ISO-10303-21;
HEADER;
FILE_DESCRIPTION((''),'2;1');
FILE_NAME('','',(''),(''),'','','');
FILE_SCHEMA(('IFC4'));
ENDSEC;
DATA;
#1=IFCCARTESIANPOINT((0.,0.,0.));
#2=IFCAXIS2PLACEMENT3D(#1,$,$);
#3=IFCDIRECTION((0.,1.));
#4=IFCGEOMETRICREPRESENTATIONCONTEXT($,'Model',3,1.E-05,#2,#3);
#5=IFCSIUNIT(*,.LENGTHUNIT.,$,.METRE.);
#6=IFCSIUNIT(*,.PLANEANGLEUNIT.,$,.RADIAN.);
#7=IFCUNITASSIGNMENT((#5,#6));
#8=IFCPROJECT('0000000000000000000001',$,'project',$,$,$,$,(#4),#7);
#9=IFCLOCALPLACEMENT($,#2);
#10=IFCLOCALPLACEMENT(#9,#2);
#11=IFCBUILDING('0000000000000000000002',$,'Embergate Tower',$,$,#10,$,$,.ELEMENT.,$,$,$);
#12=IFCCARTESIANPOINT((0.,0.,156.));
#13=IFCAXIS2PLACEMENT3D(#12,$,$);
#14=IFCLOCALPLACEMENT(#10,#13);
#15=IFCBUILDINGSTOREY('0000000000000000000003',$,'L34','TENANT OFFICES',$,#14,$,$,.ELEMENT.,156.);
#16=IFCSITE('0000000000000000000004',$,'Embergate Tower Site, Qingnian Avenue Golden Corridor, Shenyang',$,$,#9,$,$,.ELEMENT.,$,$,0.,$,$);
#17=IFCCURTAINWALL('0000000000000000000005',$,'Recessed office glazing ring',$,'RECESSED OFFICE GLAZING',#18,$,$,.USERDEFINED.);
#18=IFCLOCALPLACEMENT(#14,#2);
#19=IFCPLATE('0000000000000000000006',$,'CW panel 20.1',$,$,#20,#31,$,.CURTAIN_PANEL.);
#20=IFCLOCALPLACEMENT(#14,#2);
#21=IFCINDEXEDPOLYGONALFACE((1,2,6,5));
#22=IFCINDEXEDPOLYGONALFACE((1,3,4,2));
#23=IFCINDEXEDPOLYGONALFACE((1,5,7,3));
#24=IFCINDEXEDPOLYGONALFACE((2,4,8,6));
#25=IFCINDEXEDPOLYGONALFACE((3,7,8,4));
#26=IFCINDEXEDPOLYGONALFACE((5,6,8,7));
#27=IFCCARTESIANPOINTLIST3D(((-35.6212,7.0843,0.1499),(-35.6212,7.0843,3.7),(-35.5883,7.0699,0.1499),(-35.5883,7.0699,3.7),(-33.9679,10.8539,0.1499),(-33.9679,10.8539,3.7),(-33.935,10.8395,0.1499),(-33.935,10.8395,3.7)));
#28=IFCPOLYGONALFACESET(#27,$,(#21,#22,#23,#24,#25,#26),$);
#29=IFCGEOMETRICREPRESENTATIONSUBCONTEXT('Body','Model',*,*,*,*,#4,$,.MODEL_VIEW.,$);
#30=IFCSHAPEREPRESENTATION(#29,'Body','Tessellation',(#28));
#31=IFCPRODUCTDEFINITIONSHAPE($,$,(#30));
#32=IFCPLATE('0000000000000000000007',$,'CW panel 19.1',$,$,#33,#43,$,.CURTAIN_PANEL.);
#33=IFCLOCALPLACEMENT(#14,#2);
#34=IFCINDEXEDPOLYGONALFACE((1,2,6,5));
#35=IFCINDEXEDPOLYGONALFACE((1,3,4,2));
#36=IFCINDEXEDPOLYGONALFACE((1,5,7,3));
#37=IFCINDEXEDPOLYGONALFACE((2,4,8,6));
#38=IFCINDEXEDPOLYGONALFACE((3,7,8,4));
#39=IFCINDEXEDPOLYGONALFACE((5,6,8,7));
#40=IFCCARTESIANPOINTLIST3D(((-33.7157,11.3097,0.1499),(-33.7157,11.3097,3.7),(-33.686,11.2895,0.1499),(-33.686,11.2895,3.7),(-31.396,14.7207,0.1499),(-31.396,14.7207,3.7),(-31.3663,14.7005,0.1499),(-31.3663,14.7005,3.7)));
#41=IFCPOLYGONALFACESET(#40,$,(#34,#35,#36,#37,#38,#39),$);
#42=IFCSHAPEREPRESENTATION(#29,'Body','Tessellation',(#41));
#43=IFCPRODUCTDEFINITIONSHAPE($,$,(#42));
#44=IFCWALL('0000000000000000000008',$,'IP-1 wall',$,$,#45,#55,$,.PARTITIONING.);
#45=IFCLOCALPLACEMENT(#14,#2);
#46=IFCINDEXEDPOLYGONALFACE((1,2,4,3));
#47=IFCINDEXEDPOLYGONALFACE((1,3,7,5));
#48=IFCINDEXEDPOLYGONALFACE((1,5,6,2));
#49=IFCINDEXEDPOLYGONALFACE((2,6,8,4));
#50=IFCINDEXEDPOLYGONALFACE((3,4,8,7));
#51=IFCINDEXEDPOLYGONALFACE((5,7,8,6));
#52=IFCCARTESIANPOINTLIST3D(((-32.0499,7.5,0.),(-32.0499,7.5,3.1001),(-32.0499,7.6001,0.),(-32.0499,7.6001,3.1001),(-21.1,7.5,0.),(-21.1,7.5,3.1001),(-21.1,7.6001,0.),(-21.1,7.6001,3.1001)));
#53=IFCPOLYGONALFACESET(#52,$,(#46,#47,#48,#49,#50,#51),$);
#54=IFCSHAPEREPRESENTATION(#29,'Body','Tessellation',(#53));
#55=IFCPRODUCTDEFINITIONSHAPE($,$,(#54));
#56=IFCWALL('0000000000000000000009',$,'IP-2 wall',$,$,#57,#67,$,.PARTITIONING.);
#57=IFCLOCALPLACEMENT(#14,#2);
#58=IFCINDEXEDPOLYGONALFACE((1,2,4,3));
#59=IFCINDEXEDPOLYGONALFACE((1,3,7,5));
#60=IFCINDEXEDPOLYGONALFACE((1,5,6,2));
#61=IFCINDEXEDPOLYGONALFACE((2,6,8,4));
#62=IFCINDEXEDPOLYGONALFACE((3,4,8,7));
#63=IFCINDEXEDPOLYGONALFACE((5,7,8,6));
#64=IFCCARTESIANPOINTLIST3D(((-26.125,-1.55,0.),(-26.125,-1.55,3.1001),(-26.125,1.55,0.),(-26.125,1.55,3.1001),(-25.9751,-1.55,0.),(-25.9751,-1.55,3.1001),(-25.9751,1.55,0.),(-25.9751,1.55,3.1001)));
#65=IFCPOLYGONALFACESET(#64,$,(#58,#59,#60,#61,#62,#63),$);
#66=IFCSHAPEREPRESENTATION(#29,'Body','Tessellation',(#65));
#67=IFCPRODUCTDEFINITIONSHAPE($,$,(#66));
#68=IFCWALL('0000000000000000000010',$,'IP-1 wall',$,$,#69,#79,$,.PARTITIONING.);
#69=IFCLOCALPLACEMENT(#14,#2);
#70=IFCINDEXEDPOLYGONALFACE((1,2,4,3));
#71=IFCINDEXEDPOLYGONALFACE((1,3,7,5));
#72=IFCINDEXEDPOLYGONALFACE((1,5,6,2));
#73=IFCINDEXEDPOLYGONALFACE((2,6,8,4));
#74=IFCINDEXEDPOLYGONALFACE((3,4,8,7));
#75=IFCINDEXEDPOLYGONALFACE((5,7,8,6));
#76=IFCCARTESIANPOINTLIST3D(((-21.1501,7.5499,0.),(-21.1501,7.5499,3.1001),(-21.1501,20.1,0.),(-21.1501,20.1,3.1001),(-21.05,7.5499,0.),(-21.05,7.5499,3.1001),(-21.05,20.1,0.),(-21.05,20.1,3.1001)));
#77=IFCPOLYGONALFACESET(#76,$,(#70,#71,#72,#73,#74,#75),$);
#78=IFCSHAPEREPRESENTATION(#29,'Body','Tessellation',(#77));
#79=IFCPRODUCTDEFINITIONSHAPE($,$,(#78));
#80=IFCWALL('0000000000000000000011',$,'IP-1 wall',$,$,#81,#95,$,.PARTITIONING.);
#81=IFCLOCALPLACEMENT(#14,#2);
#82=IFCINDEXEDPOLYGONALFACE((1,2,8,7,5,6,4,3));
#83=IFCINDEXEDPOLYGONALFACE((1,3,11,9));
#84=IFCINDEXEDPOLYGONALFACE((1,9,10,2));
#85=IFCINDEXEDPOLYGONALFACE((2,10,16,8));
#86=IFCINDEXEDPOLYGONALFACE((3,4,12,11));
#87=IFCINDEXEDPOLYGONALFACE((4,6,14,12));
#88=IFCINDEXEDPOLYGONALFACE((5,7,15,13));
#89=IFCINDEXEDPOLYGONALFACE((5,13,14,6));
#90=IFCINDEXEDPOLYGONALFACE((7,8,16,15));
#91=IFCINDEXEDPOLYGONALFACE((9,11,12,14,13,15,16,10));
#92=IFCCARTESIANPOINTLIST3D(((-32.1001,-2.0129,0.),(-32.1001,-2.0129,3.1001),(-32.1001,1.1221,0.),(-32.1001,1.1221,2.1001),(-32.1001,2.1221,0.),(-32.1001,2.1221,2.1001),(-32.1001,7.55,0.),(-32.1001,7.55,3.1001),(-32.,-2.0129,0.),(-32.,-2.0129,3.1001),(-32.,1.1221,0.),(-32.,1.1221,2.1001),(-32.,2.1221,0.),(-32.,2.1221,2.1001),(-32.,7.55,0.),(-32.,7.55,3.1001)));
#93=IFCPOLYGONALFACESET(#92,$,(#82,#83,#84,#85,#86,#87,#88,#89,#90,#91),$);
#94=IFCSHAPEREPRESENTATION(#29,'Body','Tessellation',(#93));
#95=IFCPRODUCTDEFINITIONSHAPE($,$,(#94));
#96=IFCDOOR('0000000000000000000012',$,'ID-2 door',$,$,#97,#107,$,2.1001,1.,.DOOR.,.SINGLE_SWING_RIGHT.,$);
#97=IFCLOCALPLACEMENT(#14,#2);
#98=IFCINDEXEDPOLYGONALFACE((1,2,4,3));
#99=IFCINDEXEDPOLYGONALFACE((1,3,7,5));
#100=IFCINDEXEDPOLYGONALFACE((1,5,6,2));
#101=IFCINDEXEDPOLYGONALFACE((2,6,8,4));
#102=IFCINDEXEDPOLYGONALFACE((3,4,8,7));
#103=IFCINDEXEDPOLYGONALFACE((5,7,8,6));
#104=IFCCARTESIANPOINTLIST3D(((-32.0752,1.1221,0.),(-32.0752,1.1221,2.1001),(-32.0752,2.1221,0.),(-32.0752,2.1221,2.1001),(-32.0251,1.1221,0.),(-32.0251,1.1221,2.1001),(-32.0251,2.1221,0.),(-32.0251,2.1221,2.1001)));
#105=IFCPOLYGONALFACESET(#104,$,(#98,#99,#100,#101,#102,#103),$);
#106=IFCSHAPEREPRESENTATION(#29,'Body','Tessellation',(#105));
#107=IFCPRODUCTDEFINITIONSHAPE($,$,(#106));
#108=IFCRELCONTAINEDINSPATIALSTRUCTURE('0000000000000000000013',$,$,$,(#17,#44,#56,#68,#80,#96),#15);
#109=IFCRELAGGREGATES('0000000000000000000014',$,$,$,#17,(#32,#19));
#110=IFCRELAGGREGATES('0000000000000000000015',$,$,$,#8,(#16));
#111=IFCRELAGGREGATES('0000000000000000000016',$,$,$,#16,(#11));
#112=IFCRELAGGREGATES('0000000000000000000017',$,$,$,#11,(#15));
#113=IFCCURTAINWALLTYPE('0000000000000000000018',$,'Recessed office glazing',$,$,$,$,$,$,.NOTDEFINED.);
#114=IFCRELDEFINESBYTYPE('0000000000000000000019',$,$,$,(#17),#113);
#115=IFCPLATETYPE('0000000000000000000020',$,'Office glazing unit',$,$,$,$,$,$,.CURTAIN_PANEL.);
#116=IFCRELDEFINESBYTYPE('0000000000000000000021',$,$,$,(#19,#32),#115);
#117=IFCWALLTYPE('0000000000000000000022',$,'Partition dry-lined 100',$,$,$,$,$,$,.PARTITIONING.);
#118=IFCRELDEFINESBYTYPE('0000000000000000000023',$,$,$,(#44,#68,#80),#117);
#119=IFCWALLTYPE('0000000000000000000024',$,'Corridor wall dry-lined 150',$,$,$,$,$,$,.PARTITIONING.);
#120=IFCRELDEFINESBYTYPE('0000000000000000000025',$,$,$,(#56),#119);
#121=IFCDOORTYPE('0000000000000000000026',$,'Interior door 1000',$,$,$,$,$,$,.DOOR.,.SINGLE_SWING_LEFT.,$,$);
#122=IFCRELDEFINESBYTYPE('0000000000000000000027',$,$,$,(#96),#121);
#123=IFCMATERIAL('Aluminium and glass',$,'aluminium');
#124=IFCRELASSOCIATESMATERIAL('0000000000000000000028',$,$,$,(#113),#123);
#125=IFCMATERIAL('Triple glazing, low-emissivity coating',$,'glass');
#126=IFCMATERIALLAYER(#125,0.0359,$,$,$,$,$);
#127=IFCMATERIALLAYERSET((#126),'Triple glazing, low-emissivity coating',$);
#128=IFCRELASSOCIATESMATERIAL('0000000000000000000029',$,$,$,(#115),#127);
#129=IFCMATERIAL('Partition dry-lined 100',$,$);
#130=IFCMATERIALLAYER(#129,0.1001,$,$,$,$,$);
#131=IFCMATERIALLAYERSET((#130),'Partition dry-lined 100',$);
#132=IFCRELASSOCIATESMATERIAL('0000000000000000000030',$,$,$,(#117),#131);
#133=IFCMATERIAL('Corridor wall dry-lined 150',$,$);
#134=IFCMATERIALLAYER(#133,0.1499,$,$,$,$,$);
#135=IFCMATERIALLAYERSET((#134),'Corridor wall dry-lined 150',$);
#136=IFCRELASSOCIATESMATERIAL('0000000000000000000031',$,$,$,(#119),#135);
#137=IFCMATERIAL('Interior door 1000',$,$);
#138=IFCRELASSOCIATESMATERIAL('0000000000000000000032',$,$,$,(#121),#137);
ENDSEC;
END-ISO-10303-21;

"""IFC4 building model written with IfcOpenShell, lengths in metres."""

from ifc_helpers import new_model, si_unit, direction, frame, frame_2d, origin, origin_2d, place, context, subcontext, project, spatial, rectangle, extrude, source, transform, mapped, material, layer, layer_set, type_object, element, fill, aggregate, save


model = new_model("IFC4")

# Units and contexts
model_context = context("Model", 3, precision=1e-05, world=origin(), true_north=direction((0.0, 1.0)))
body_context = subcontext(model_context, "Body", "Model", "MODEL_VIEW")
ifc_project = project(units=[si_unit("LENGTHUNIT", "METRE"), si_unit("PLANEANGLEUNIT", "RADIAN")], contexts=[model_context])

# Site, building, storey
site_placement = place(None, origin())
site = spatial("IfcSite", under=ifc_project, at=site_placement, Name="Embergate Tower Site, Qingnian Avenue Golden Corridor, Shenyang", CompositionType="ELEMENT", RefElevation=0.0)
building_placement = place(site_placement, origin())
building = spatial("IfcBuilding", under=site, at=building_placement, Name="Embergate Tower", CompositionType="ELEMENT")
storey_placement = place(building_placement, frame((0.0, 0.0, 156.0)))
storey = spatial("IfcBuildingStorey", under=building, at=storey_placement, Name="L34", Description="TENANT OFFICES", CompositionType="ELEMENT", Elevation=156.0)

# Curtain wall, plates
ifc_material_1 = material(Name="Aluminium and glass", Category="aluminium")
curtain_wall_type = type_object("IfcCurtainWallType", Name="Recessed office glazing", PredefinedType="NOTDEFINED", material=ifc_material_1)
curtain_wall_placement = place(storey_placement, origin())
curtain_wall = element("IfcCurtainWall", 1, at=curtain_wall_placement, inside=storey, type_object=curtain_wall_type, Name="Recessed office glazing ring", ObjectType="RECESSED OFFICE GLAZING", PredefinedType="USERDEFINED")
ifc_material_2 = material(Name="Triple glazing, low-emissivity coating", Category="glass")
ifc_layer_1 = layer(ifc_material_2, 0.0359)
ifc_layer_set_1 = layer_set([ifc_layer_1], Name="Triple glazing, low-emissivity coating")
plate_type = type_object("IfcPlateType", Name="Office glazing unit", PredefinedType="CURTAIN_PANEL", material=ifc_layer_set_1)
shared_shape_1 = source(origin(), body_context, "Body", "SweptSolid", [
    extrude(rectangle(XDim=4.1162, YDim=0.0359, at=origin_2d()), origin(), (0.0, 0.0, 1.0), 3.55),
])
plate_1_placement = place(storey_placement, frame((-34.7781, 8.9619, 0.1499), z_axis=(0.0, 0.0, 1.0), x_axis=(-0.401652, -0.915792, 0.0)))
plate_1 = element("IfcPlate", 2, at=plate_1_placement, type_object=plate_type, Name="CW panel 20.1", PredefinedType="CURTAIN_PANEL", context=body_context, shape_type="MappedRepresentation", body=[
    mapped(shared_shape_1, transform((0.0, 0.0, 0.0))),
])
shared_shape_2 = source(origin(), body_context, "Body", "SweptSolid", [
    extrude(rectangle(XDim=4.125, YDim=0.0359, at=origin_2d()), origin(), (0.0, 0.0, 1.0), 3.55),
])
plate_2_placement = place(storey_placement, frame((-32.541, 13.0051, 0.1499), z_axis=(0.0, 0.0, 1.0), x_axis=(-0.562342, -0.826905, 0.0)))
plate_2 = element("IfcPlate", 3, at=plate_2_placement, type_object=plate_type, Name="CW panel 19.1", PredefinedType="CURTAIN_PANEL", context=body_context, shape_type="MappedRepresentation", body=[
    mapped(shared_shape_2, transform((0.0, 0.0, 0.0))),
])
aggregate(curtain_wall, [plate_2, plate_1])

# Walls
ifc_material_3 = material(Name="Partition dry-lined 100")
ifc_layer_2 = layer(ifc_material_3, 0.1001)
ifc_layer_set_2 = layer_set([ifc_layer_2], Name="Partition dry-lined 100")
wall_type_1 = type_object("IfcWallType", Name="Partition dry-lined 100", PredefinedType="PARTITIONING", material=ifc_layer_set_2)
shared_shape_3 = source(origin(), body_context, "Body", "SweptSolid", [
    extrude(rectangle(XDim=10.95, YDim=0.1001, at=frame_2d((5.4751, 0.0))), origin(), (0.0, 0.0, 1.0), 3.1001),
])
wall_1_placement = place(storey_placement, frame((-32.05, 7.55, 0.0), z_axis=(0.0, 0.0, 1.0), x_axis=(1.0, 0.0, 0.0)))
element("IfcWall", 4, at=wall_1_placement, inside=storey, type_object=wall_type_1, Name="IP-1 wall", PredefinedType="PARTITIONING", context=body_context, shape_type="MappedRepresentation", body=[
    mapped(shared_shape_3, transform((0.0, 0.0, 0.0))),
])
ifc_material_4 = material(Name="Corridor wall dry-lined 150")
ifc_layer_3 = layer(ifc_material_4, 0.1499)
ifc_layer_set_3 = layer_set([ifc_layer_3], Name="Corridor wall dry-lined 150")
wall_type_2 = type_object("IfcWallType", Name="Corridor wall dry-lined 150", PredefinedType="PARTITIONING", material=ifc_layer_set_3)
shared_shape_4 = source(origin(), body_context, "Body", "SweptSolid", [
    extrude(rectangle(XDim=3.1001, YDim=0.1499, at=frame_2d((1.55, 0.0))), origin(), (0.0, 0.0, 1.0), 3.1001),
])
wall_2_placement = place(storey_placement, frame((-26.05, 1.55, 0.0), z_axis=(0.0, 0.0, 1.0), x_axis=(0.0, -1.0, 0.0)))
element("IfcWall", 5, at=wall_2_placement, inside=storey, type_object=wall_type_2, Name="IP-2 wall", PredefinedType="PARTITIONING", context=body_context, shape_type="MappedRepresentation", body=[
    mapped(shared_shape_4, transform((0.0, 0.0, 0.0))),
])
shared_shape_5 = source(origin(), body_context, "Body", "SweptSolid", [
    extrude(rectangle(XDim=12.55, YDim=0.1001, at=frame_2d((6.2749, 0.0))), origin(), (0.0, 0.0, 1.0), 3.1001),
])
wall_3_placement = place(storey_placement, frame((-21.1001, 7.55, 0.0), z_axis=(0.0, 0.0, 1.0), x_axis=(0.0, 1.0, 0.0)))
element("IfcWall", 6, at=wall_3_placement, inside=storey, type_object=wall_type_1, Name="IP-1 wall", PredefinedType="PARTITIONING", context=body_context, shape_type="MappedRepresentation", body=[
    mapped(shared_shape_5, transform((0.0, 0.0, 0.0))),
])

# Wall, opening, door
shared_shape_6 = source(origin(), body_context, "Body", "SweptSolid", [
    extrude(rectangle(XDim=9.563, YDim=0.1001, at=frame_2d((4.7815, 0.0))), origin(), (0.0, 0.0, 1.0), 3.1001),
])
wall_4_placement = place(storey_placement, frame((-32.05, 7.55, 0.0), z_axis=(0.0, 0.0, 1.0), x_axis=(0.0, -1.0, 0.0)))
wall_4 = element("IfcWall", 7, at=wall_4_placement, inside=storey, type_object=wall_type_1, Name="IP-1 wall", PredefinedType="PARTITIONING", context=body_context, shape_type="MappedRepresentation", body=[
    mapped(shared_shape_6, transform((0.0, 0.0, 0.0))),
])
shared_shape_7 = source(origin(), body_context, "Body", "SweptSolid", [
    extrude(rectangle(XDim=1.0, YDim=2.1001, at=frame_2d((0.5, 1.05))), frame((0.0, 0.0601, 0.0), z_axis=(0.0, -1.0, 0.0), x_axis=(1.0, 0.0, 0.0)), (0.0, 0.0, 1.0), 0.1201),
])
opening_placement = place(wall_4_placement, frame((5.428, 0.0, 0.0)))
opening = element("IfcOpeningElement", 8, at=opening_placement, cuts=wall_4, PredefinedType="OPENING", context=body_context, shape_type="MappedRepresentation", body=[
    mapped(shared_shape_7, transform((0.0, 0.0, 0.0))),
])
ifc_material_5 = material(Name="Interior door 1000")
door_type = type_object("IfcDoorType", Name="Interior door 1000", OperationType="SINGLE_SWING_LEFT", PredefinedType="DOOR", material=ifc_material_5)
shared_shape_8 = source(origin(), body_context, "Body", "SweptSolid", [
    extrude(rectangle(XDim=1.0, YDim=2.1001, at=frame_2d((0.5, 1.05))), frame((0.0, 0.0249, 0.0), z_axis=(0.0, -1.0, 0.0), x_axis=(1.0, 0.0, 0.0)), (0.0, 0.0, 1.0), 0.05),
])
door_placement = place(opening_placement, origin())
door = element("IfcDoor", 9, at=door_placement, inside=storey, type_object=door_type, Name="ID-2 door", OperationType="SINGLE_SWING_RIGHT", OverallHeight=2.1001, OverallWidth=1.0, PredefinedType="DOOR", context=body_context, shape_type="MappedRepresentation", body=[
    mapped(shared_shape_8, transform((0.0, 0.0, 0.0))),
])
fill(opening, door)

save(model, "model.ifc")
